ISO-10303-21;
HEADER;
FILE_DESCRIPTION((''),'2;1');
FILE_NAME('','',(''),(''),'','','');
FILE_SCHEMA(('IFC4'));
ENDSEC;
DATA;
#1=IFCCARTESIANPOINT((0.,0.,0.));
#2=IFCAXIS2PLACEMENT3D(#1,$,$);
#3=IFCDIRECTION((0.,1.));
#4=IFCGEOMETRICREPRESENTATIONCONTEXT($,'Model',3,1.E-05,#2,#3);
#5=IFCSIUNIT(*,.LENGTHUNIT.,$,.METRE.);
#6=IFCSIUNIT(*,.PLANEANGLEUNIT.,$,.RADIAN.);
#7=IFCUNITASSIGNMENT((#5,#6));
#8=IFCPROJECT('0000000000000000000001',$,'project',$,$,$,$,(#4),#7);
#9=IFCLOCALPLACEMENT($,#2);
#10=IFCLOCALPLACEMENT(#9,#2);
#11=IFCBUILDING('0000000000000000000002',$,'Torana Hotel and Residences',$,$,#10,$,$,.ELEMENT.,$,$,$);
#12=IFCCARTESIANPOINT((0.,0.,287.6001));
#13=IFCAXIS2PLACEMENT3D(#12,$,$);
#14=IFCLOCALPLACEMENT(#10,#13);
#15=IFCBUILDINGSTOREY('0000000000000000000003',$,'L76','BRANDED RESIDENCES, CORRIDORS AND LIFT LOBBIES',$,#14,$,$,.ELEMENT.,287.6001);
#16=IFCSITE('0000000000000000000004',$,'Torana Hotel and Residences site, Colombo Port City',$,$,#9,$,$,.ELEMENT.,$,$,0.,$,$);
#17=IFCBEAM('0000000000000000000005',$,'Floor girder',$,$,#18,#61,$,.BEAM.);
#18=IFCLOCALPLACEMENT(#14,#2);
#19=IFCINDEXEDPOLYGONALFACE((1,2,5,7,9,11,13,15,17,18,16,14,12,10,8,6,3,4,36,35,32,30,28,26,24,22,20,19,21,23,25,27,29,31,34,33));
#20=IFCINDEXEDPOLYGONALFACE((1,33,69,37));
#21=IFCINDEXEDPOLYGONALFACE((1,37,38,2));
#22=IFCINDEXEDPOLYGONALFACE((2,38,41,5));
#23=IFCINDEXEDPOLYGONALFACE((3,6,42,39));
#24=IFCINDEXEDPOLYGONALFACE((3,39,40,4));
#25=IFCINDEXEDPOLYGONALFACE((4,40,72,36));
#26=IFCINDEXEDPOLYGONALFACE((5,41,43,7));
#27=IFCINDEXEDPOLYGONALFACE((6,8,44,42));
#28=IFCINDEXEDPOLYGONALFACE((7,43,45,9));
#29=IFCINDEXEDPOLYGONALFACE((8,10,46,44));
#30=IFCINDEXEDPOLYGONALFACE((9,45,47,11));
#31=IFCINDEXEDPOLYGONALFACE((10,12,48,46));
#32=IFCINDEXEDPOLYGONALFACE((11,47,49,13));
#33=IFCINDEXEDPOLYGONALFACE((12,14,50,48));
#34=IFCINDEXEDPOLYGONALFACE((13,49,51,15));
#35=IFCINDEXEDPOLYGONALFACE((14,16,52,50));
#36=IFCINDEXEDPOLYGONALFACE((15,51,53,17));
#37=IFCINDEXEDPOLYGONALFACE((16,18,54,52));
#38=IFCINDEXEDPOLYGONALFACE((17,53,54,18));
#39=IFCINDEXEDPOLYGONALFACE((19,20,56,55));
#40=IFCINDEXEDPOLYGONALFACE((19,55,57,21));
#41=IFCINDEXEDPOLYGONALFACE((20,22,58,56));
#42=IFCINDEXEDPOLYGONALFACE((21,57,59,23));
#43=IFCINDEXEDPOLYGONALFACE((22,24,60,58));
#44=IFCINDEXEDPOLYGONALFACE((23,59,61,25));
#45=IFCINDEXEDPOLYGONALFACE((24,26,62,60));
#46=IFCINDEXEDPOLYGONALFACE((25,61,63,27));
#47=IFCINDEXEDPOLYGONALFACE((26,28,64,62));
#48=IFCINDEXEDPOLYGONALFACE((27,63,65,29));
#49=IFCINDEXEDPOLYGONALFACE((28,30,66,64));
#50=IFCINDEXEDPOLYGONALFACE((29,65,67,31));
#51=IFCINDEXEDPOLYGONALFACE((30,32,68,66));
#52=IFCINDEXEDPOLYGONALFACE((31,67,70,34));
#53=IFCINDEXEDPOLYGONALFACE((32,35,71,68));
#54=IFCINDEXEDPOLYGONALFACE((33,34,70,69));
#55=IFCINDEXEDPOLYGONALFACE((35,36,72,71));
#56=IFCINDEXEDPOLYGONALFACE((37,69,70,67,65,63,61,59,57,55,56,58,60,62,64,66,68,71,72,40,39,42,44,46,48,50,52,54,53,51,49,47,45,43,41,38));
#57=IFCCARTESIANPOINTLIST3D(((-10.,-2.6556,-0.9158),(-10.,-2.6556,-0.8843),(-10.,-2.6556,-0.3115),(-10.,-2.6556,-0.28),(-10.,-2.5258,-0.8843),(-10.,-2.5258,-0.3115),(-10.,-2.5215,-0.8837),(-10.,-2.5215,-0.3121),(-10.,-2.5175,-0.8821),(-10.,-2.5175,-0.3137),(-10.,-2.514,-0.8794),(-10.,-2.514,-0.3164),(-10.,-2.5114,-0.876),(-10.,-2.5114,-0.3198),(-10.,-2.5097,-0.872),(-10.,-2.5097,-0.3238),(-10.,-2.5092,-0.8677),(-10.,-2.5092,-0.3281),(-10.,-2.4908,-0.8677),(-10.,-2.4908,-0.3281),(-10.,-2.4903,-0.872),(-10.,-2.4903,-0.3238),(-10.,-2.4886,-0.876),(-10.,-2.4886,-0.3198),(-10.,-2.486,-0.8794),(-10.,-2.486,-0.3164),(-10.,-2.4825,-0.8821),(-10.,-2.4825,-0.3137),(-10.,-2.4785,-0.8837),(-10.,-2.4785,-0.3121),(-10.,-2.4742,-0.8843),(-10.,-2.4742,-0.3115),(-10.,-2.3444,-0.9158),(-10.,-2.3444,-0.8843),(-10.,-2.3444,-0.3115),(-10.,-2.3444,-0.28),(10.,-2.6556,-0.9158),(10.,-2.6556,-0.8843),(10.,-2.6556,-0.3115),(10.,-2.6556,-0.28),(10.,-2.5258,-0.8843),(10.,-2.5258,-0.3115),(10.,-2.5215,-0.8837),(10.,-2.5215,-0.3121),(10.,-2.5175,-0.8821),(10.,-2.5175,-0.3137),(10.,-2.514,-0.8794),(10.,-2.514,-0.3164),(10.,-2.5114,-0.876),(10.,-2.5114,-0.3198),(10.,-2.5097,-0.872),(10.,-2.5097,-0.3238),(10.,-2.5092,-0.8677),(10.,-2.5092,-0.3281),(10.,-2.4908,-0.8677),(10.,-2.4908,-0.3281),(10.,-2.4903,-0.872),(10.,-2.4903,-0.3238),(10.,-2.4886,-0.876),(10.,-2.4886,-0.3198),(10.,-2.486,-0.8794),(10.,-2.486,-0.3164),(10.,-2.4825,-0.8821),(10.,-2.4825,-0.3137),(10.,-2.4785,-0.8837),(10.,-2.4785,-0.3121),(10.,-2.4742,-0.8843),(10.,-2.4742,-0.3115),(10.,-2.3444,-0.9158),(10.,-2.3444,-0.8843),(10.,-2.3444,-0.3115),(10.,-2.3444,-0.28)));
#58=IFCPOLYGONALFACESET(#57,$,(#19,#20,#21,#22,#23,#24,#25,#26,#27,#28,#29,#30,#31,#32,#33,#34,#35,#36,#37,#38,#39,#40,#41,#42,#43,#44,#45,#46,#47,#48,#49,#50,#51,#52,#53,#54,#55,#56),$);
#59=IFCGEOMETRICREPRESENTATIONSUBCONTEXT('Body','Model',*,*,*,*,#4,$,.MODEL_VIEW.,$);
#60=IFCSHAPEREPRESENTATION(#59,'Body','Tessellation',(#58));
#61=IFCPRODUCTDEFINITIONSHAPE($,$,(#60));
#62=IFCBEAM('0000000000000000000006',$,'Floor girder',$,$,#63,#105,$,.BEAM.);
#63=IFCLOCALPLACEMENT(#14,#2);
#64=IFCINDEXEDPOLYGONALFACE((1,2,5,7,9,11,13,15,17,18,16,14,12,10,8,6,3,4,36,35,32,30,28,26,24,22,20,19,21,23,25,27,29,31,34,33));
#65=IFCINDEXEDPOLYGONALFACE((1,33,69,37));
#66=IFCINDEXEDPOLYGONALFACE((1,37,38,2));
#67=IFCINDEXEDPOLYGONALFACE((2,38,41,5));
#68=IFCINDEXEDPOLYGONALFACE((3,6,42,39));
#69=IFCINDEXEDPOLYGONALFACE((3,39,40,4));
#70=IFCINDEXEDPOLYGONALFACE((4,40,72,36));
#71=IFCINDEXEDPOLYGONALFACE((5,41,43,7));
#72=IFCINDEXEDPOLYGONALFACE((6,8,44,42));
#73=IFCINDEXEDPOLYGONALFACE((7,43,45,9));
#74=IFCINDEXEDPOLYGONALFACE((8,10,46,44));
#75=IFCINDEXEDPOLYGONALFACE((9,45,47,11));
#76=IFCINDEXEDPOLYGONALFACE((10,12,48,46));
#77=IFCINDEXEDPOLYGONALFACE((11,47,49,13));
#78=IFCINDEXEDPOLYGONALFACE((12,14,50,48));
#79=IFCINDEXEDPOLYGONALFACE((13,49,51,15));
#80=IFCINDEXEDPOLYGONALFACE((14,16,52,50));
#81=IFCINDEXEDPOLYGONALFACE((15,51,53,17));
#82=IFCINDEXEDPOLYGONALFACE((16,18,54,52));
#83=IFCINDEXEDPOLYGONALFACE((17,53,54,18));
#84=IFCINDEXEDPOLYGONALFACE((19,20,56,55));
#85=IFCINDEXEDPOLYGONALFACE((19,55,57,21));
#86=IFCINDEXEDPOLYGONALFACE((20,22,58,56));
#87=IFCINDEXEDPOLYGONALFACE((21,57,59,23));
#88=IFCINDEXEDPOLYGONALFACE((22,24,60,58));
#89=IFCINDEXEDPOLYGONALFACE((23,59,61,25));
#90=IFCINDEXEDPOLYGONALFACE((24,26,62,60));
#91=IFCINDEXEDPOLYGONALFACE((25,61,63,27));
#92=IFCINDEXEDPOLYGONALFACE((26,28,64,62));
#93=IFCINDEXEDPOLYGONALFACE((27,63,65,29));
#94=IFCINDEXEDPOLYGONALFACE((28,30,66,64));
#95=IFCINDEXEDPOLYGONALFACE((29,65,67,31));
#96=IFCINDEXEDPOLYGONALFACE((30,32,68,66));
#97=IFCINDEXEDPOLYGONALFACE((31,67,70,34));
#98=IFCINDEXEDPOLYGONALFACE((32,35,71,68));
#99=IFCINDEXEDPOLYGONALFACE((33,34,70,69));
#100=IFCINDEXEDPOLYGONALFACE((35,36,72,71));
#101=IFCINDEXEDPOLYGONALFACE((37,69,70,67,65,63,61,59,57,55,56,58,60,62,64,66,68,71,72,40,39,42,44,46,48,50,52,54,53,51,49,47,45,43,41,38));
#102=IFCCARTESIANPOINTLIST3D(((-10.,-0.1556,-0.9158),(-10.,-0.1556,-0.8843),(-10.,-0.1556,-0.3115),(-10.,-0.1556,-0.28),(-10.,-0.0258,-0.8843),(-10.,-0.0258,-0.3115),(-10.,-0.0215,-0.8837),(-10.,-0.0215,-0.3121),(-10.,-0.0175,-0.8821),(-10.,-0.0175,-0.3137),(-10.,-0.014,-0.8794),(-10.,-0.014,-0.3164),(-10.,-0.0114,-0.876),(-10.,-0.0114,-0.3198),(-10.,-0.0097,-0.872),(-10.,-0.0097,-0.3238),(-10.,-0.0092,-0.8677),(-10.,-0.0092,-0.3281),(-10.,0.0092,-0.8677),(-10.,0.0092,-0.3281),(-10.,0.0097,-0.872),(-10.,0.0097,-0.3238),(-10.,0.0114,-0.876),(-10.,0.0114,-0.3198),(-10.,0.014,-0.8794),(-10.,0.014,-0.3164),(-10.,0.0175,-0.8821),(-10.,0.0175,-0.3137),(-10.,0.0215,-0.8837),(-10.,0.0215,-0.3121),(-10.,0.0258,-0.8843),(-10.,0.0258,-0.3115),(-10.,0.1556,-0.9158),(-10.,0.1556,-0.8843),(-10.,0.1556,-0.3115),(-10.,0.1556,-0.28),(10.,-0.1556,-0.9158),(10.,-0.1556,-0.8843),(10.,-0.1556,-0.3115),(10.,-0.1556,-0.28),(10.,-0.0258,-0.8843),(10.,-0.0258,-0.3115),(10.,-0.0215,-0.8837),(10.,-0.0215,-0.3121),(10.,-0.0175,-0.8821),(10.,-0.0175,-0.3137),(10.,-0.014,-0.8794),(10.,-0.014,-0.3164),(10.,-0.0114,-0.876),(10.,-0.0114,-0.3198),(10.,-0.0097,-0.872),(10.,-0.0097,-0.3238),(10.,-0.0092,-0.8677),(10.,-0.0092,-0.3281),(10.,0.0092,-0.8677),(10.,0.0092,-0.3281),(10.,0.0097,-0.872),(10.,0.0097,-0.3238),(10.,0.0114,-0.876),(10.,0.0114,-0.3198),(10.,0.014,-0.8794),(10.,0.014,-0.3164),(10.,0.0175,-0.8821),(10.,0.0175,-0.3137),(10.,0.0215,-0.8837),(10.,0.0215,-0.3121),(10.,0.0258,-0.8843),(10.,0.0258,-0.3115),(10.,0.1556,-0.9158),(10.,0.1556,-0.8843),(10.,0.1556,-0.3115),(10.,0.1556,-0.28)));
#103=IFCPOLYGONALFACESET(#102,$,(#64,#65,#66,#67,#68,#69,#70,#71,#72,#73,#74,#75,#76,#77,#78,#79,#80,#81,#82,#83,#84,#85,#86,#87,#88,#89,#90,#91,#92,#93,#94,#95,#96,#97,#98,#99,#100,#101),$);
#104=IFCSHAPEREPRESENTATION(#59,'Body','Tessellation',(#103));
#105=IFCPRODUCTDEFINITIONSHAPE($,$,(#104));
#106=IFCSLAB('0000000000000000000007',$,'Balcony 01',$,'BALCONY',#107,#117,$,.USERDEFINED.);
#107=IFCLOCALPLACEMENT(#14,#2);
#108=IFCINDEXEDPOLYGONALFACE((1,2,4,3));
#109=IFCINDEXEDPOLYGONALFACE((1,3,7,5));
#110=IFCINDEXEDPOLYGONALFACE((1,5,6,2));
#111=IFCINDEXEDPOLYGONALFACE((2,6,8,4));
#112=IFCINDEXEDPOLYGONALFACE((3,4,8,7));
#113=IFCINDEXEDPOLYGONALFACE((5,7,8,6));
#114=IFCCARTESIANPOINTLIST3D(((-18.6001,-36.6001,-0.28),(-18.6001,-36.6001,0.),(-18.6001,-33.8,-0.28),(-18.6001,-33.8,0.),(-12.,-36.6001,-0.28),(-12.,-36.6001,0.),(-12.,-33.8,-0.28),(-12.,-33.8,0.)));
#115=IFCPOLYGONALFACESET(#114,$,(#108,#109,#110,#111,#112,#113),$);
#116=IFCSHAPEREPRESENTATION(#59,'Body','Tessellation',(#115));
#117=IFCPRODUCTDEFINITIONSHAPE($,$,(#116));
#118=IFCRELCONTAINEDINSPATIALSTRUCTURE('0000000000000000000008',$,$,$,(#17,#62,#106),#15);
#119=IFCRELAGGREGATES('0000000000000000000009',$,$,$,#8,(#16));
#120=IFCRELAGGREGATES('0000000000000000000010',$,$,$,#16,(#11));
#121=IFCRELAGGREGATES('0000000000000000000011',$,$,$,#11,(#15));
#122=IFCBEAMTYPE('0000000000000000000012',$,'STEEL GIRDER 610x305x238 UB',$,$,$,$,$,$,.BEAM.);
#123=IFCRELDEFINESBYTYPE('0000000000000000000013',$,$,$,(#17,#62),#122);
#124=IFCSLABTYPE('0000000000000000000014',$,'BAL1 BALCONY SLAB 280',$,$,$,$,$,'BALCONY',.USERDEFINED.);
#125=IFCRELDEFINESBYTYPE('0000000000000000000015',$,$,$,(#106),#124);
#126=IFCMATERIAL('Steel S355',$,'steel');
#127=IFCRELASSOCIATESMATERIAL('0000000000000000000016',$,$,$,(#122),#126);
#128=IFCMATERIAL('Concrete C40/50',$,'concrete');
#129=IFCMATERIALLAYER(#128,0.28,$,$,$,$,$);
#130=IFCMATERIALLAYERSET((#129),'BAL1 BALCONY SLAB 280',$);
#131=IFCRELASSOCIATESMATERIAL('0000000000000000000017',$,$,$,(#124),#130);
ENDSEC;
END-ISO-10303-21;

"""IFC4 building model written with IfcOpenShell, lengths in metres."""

from ifc_helpers import new_model, si_unit, direction, frame, origin, origin_2d, place, context, subcontext, project, spatial, polyline, i_section, outline, extrude, material, layer, layer_set, material_profile, profile_set, type_object, element, save


model = new_model("IFC4")

# Units and contexts
model_context = context("Model", 3, precision=1e-05, world=origin(), true_north=direction((0.0, 1.0)))
body_context = subcontext(model_context, "Body", "Model", "MODEL_VIEW")
ifc_project = project(units=[si_unit("LENGTHUNIT", "METRE"), si_unit("PLANEANGLEUNIT", "RADIAN")], contexts=[model_context])

# Site, building, storey
site_placement = place(None, origin())
site = spatial("IfcSite", under=ifc_project, at=site_placement, Name="Torana Hotel and Residences site, Colombo Port City", CompositionType="ELEMENT", RefElevation=0.0)
building_placement = place(site_placement, origin())
building = spatial("IfcBuilding", under=site, at=building_placement, Name="Torana Hotel and Residences", CompositionType="ELEMENT")
storey_placement = place(building_placement, frame((0.0, 0.0, 287.6001)))
storey = spatial("IfcBuildingStorey", under=building, at=storey_placement, Name="L76", Description="BRANDED RESIDENCES, CORRIDORS AND LIFT LOBBIES", CompositionType="ELEMENT", Elevation=287.6001)

# Beams
ifc_material_1 = material(Name="Steel S355", Category="steel")
ifc_material_profile = material_profile(ifc_material_1, i_section(OverallWidth=0.3113, OverallDepth=0.6357, WebThickness=0.0183, FlangeThickness=0.0315, FilletRadius=0.0166, at=origin_2d()), Name="610x305x238 UB")
ifc_profile_set = profile_set([ifc_material_profile], Name="Steel S355")
beam_type = type_object("IfcBeamType", Name="STEEL GIRDER 610x305x238 UB", PredefinedType="BEAM", material=ifc_profile_set)
for number, where, z_axis, x_axis, name in (
    (1, (-10.0, -2.5, -0.5979), (1.0, 0.0, 0.0), (0.0, 1.0, 0.0), "Floor girder"),
    (2, (-10.0, 0.0, -0.5979), (1.0, 0.0, 0.0), (0.0, 1.0, 0.0), "Floor girder"),
):
    element("IfcBeam", number, at=place(storey_placement, frame(where, z_axis=z_axis, x_axis=x_axis)), inside=storey, type_object=beam_type, Name=name, PredefinedType="BEAM", context=body_context, shape_type="SweptSolid", body=[
        extrude(i_section(OverallWidth=0.3113, OverallDepth=0.6357, WebThickness=0.0183, FlangeThickness=0.0315, FilletRadius=0.0166, at=origin_2d()), origin(), (0.0, 0.0, 1.0), 20.0),
    ])

# Slab
ifc_material_2 = material(Name="Concrete C40/50", Category="concrete")
ifc_layer_1 = layer(ifc_material_2, 0.28)
ifc_layer_set_1 = layer_set([ifc_layer_1], Name="BAL1 BALCONY SLAB 280")
slab_type_1 = type_object("IfcSlabType", Name="BAL1 BALCONY SLAB 280", ElementType="BALCONY", PredefinedType="USERDEFINED", material=ifc_layer_set_1)
slab_1_placement = place(storey_placement, frame((0.0, 0.0, -0.28)))
element("IfcSlab", 3, at=slab_1_placement, inside=storey, type_object=slab_type_1, Name="Balcony 01", ObjectType="BALCONY", PredefinedType="USERDEFINED", context=body_context, shape_type="SweptSolid", body=[
    extrude(outline(polyline([(-18.6001, -36.6001), (-12.0, -36.6001), (-12.0, -33.8), (-18.6001, -33.8), (-18.6001, -36.6001)])), origin(), (0.0, 0.0, 1.0), 0.28),
])

save(model, "model.ifc")
